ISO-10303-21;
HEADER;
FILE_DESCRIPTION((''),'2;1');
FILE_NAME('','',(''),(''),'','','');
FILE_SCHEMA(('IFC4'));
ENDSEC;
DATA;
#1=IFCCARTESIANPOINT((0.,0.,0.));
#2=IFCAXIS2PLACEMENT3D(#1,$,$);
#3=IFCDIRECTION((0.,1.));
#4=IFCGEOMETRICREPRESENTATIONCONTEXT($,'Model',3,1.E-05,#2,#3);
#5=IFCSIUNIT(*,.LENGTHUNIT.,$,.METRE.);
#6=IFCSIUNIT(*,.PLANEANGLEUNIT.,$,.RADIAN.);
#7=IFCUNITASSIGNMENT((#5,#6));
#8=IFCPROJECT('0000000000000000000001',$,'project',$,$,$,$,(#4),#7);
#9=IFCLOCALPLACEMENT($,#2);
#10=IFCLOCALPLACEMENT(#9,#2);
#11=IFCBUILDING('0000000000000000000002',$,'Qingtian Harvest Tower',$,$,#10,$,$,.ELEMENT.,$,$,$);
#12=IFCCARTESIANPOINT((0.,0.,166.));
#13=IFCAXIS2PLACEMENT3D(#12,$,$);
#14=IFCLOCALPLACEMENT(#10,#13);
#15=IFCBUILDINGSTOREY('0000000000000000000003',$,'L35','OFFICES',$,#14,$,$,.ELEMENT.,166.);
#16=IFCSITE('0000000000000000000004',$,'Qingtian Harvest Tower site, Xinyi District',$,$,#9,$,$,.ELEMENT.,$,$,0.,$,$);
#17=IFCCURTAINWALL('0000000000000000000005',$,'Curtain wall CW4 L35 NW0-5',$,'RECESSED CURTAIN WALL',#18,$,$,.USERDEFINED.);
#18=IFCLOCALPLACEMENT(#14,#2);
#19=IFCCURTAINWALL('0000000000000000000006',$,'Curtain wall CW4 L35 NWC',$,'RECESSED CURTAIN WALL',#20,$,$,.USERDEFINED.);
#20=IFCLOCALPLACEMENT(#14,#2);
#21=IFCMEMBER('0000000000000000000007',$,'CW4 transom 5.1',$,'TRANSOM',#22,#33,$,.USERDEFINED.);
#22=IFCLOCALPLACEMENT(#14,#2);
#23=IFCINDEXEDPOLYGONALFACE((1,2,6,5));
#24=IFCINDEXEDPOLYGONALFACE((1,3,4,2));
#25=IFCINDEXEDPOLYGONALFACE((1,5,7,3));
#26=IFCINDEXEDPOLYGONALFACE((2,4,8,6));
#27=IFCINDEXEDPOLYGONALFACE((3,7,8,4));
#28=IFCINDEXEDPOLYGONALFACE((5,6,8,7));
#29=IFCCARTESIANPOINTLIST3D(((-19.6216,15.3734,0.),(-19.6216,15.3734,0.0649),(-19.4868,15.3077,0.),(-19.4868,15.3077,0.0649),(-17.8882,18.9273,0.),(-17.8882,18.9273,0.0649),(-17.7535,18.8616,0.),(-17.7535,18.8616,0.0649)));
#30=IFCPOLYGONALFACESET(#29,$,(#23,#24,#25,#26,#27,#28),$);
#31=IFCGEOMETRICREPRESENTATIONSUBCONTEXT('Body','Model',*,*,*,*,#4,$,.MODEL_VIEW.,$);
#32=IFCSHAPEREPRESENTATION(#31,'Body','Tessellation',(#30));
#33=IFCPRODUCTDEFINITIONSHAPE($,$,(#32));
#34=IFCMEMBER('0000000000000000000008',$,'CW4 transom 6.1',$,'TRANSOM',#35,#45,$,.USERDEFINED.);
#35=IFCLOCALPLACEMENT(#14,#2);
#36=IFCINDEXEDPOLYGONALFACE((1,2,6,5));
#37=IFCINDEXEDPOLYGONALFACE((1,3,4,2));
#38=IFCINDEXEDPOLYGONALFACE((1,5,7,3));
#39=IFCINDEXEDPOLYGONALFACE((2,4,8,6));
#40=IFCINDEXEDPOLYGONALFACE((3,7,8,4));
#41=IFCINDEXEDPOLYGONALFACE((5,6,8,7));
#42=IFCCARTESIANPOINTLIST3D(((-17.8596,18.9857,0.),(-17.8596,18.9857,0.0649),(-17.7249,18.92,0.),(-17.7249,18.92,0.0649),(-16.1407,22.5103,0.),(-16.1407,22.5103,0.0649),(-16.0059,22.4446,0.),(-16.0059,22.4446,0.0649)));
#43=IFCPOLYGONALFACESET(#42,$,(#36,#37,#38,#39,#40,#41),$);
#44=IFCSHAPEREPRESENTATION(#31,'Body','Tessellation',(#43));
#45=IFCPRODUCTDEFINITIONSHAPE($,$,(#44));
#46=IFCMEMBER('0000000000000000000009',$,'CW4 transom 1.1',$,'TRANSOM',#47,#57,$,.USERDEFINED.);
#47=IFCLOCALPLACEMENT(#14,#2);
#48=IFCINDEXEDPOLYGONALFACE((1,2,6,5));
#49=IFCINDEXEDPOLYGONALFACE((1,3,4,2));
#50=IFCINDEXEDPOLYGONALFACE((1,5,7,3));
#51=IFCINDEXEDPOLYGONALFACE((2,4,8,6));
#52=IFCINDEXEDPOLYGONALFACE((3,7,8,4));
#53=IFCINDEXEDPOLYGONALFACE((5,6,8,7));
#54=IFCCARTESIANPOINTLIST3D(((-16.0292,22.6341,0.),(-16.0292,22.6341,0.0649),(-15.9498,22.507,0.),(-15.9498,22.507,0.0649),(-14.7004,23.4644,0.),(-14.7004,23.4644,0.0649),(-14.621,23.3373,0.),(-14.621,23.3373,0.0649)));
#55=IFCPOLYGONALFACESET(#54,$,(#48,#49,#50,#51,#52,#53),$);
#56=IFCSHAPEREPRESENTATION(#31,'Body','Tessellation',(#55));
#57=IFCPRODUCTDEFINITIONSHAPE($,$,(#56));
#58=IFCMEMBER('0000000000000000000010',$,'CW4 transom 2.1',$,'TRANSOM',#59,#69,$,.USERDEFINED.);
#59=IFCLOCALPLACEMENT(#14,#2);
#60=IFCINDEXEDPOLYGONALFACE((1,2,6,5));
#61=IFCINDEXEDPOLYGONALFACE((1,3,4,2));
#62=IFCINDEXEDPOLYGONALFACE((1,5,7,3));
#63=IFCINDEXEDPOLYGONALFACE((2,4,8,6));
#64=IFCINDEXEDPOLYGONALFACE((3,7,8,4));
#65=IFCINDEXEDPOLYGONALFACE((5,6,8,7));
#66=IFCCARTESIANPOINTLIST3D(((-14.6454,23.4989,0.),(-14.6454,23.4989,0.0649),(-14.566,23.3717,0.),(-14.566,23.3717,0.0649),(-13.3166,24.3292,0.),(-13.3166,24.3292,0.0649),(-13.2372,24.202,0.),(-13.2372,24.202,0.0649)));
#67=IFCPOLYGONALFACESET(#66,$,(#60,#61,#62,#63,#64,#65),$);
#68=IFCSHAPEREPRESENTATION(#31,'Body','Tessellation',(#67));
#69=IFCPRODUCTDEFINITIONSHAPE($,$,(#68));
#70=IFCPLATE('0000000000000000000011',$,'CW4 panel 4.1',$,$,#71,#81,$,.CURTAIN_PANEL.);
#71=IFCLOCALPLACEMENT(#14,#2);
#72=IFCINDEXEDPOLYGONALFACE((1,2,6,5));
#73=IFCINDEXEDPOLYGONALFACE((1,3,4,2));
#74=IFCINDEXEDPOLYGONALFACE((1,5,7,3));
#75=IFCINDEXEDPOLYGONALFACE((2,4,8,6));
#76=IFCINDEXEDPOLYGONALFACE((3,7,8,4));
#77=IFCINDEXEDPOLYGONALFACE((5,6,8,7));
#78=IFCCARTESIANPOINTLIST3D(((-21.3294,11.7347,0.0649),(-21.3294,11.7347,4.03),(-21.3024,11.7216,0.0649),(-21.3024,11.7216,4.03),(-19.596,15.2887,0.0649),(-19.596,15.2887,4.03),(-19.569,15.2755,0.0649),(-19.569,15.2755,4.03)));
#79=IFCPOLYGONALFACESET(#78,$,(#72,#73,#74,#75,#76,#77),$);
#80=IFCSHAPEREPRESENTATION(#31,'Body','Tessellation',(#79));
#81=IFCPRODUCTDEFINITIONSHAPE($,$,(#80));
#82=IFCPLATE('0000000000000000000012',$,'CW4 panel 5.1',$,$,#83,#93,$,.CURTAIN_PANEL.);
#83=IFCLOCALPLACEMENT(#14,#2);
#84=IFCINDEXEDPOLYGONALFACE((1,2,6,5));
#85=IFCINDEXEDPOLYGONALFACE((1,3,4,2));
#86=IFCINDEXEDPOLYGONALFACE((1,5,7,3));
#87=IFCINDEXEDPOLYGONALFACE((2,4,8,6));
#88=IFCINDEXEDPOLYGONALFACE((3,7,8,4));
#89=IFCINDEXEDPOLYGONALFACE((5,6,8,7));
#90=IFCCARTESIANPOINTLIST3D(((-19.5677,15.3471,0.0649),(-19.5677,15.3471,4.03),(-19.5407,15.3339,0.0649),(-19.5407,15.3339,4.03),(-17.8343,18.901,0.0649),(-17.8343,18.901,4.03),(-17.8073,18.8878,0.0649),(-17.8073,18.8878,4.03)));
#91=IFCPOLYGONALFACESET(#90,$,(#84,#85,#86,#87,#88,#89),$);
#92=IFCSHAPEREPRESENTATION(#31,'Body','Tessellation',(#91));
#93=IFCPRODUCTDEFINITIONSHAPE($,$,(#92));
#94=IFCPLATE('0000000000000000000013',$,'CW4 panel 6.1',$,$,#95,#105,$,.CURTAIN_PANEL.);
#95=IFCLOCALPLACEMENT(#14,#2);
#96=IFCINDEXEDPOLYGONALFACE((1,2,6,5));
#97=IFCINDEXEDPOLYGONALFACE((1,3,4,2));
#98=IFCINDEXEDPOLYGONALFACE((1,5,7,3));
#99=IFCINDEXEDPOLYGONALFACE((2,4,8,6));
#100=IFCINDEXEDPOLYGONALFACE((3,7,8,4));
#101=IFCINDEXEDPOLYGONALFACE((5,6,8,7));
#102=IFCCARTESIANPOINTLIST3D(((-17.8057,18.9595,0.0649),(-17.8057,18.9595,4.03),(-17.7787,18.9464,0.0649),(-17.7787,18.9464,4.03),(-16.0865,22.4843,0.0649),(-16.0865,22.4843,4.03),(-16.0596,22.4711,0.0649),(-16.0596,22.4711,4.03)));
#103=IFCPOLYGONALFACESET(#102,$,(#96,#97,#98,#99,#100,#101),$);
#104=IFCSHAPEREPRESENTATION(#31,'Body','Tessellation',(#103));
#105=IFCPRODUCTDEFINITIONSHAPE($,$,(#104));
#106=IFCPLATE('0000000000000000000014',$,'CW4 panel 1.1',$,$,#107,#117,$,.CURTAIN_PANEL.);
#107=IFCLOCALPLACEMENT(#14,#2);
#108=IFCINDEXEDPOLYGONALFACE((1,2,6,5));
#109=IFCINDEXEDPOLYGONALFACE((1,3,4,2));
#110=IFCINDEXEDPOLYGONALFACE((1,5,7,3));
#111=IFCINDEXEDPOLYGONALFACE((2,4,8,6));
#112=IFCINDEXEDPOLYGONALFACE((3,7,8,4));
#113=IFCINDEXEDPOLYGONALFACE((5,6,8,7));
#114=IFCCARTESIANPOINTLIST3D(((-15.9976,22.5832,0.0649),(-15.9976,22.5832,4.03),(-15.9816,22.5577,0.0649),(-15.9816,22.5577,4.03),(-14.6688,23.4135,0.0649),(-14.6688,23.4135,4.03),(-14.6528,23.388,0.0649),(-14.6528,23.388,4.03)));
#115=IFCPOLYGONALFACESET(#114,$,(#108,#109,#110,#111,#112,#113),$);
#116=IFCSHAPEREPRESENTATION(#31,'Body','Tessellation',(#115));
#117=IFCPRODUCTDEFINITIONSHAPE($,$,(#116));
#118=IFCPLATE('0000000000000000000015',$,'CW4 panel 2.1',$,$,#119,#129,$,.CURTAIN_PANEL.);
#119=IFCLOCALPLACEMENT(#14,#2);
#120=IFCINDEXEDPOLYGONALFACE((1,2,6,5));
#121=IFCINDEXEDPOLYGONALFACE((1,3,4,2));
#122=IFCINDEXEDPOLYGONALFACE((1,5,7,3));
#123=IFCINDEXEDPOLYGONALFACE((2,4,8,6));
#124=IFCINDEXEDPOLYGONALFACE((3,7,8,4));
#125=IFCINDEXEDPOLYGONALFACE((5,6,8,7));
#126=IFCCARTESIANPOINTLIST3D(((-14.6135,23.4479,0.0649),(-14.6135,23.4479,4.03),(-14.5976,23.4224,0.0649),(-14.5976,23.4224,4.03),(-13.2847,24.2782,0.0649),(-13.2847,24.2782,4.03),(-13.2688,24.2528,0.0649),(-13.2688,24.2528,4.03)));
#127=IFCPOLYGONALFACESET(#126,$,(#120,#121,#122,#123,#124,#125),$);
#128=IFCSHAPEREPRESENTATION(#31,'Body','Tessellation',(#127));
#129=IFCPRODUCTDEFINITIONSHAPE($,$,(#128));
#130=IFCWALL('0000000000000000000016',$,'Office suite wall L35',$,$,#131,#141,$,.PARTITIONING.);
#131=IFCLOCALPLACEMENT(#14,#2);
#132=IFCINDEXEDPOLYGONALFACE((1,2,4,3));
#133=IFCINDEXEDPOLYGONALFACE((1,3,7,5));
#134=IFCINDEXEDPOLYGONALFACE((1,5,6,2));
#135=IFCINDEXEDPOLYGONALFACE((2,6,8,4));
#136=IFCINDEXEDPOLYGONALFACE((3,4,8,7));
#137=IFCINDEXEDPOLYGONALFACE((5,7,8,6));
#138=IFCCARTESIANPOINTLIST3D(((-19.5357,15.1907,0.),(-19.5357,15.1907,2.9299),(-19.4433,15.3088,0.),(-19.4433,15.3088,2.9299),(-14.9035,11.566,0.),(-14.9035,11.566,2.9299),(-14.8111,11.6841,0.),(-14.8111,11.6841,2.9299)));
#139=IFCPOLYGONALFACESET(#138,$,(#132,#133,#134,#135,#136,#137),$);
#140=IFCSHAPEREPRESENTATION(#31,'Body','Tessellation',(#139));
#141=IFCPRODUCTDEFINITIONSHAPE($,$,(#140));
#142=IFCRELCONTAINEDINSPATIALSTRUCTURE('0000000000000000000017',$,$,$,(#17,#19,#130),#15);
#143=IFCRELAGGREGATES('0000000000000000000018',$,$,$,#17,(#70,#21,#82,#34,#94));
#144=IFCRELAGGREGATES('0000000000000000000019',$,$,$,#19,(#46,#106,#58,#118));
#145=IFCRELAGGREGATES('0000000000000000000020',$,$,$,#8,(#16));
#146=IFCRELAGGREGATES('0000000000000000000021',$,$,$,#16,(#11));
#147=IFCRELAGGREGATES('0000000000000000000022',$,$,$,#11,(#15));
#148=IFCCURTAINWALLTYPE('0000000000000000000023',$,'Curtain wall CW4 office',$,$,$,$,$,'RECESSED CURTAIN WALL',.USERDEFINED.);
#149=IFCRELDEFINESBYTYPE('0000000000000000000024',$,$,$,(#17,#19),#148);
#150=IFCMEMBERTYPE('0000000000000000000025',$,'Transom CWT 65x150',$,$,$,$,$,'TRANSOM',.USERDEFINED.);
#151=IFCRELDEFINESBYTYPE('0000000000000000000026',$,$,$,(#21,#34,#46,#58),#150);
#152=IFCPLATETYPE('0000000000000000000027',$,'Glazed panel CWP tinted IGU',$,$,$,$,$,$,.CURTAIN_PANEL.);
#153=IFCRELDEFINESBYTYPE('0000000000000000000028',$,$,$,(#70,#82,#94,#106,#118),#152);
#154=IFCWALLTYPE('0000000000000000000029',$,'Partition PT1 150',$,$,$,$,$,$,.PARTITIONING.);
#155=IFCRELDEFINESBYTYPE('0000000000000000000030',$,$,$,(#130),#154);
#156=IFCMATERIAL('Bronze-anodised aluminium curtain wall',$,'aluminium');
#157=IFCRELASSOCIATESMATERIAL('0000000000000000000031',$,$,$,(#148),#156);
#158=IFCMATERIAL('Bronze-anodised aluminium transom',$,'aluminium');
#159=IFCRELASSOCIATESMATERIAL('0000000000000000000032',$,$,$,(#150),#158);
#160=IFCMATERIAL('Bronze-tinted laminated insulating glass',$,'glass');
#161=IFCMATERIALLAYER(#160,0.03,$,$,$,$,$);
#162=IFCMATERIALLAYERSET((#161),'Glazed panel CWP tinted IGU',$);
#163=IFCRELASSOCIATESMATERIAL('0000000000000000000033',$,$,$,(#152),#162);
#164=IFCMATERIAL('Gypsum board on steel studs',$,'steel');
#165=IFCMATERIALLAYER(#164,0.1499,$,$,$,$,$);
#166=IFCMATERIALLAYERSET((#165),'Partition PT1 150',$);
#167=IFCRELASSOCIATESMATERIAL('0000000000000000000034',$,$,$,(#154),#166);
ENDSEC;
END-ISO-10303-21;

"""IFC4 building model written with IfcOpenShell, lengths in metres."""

from ifc_helpers import new_model, si_unit, direction, frame, frame_2d, origin, origin_2d, place, context, subcontext, project, spatial, rectangle, extrude, material, layer, layer_set, material_profile, profile_set, type_object, element, aggregate, save


model = new_model("IFC4")

# Units and contexts
model_context = context("Model", 3, precision=1e-05, world=origin(), true_north=direction((0.0, 1.0)))
body_context = subcontext(model_context, "Body", "Model", "MODEL_VIEW")
ifc_project = project(units=[si_unit("LENGTHUNIT", "METRE"), si_unit("PLANEANGLEUNIT", "RADIAN")], contexts=[model_context])

# Site, building, storey
site_placement = place(None, origin())
site = spatial("IfcSite", under=ifc_project, at=site_placement, Name="Qingtian Harvest Tower site, Xinyi District", CompositionType="ELEMENT", RefElevation=0.0)
building_placement = place(site_placement, origin())
building = spatial("IfcBuilding", under=site, at=building_placement, Name="Qingtian Harvest Tower", CompositionType="ELEMENT")
storey_placement = place(building_placement, frame((0.0, 0.0, 166.0)))
storey = spatial("IfcBuildingStorey", under=building, at=storey_placement, Name="L35", Description="OFFICES", CompositionType="ELEMENT", Elevation=166.0)

# Curtain walls
ifc_material_1 = material(Name="Bronze-anodised aluminium curtain wall", Category="aluminium")
curtain_wall_type = type_object("IfcCurtainWallType", Name="Curtain wall CW4 office", ElementType="RECESSED CURTAIN WALL", PredefinedType="USERDEFINED", material=ifc_material_1)
curtain_wall_1_placement = place(storey_placement, origin())
curtain_wall_1 = element("IfcCurtainWall", 1, at=curtain_wall_1_placement, inside=storey, type_object=curtain_wall_type, Name="Curtain wall CW4 L35 NW0-5", ObjectType="RECESSED CURTAIN WALL", PredefinedType="USERDEFINED")
curtain_wall_2_placement = place(storey_placement, origin())
curtain_wall_2 = element("IfcCurtainWall", 2, at=curtain_wall_2_placement, inside=storey, type_object=curtain_wall_type, Name="Curtain wall CW4 L35 NWC", ObjectType="RECESSED CURTAIN WALL", PredefinedType="USERDEFINED")

# Members
ifc_material_2 = material(Name="Bronze-anodised aluminium transom", Category="aluminium")
ifc_material_profile_1 = material_profile(ifc_material_2, rectangle(XDim=0.1499, YDim=0.0649, at=origin_2d()), Name="AL 65x150")
ifc_profile_set_1 = profile_set([ifc_material_profile_1], Name="Bronze-anodised aluminium transom")
member_type_1 = type_object("IfcMemberType", Name="Transom CWT 65x150", ElementType="TRANSOM", PredefinedType="USERDEFINED", material=ifc_profile_set_1)
member_1_placement = place(storey_placement, frame((-19.5542, 15.3406, 0.0325), z_axis=(0.438375, 0.898792, 0.0), x_axis=(-0.898792, 0.438375, 0.0)))
member_1 = element("IfcMember", 3, at=member_1_placement, type_object=member_type_1, Name="CW4 transom 5.1", ObjectType="TRANSOM", PredefinedType="USERDEFINED", context=body_context, shape_type="SweptSolid", body=[
    extrude(rectangle(XDim=0.1499, YDim=0.0649, at=origin_2d()), origin(), (0.0, 0.0, 1.0), 3.9541),
])
member_2_placement = place(storey_placement, frame((-17.7922, 18.9529, 0.0325), z_axis=(0.438351, 0.898804, 0.0), x_axis=(-0.898804, 0.438351, 0.0)))
member_2 = element("IfcMember", 4, at=member_2_placement, type_object=member_type_1, Name="CW4 transom 6.1", ObjectType="TRANSOM", PredefinedType="USERDEFINED", context=body_context, shape_type="SweptSolid", body=[
    extrude(rectangle(XDim=0.1499, YDim=0.0649, at=origin_2d()), origin(), (0.0, 0.0, 1.0), 3.9214),
])
member_3_placement = place(storey_placement, frame((-15.9895, 22.5706, 0.0325), z_axis=(0.84806, 0.529901, 0.0), x_axis=(-0.529901, 0.84806, 0.0)))
member_3 = element("IfcMember", 5, at=member_3_placement, type_object=member_type_1, Name="CW4 transom 1.1", ObjectType="TRANSOM", PredefinedType="USERDEFINED", context=body_context, shape_type="SweptSolid", body=[
    extrude(rectangle(XDim=0.1499, YDim=0.0649, at=origin_2d()), origin(), (0.0, 0.0, 1.0), 1.5669),
])
member_4_placement = place(storey_placement, frame((-14.6057, 23.4353, 0.0325), z_axis=(0.84806, 0.529901, 0.0), x_axis=(-0.529901, 0.84806, 0.0)))
member_4 = element("IfcMember", 6, at=member_4_placement, type_object=member_type_1, Name="CW4 transom 2.1", ObjectType="TRANSOM", PredefinedType="USERDEFINED", context=body_context, shape_type="SweptSolid", body=[
    extrude(rectangle(XDim=0.1499, YDim=0.0649, at=origin_2d()), origin(), (0.0, 0.0, 1.0), 1.5669),
])

# Plates
ifc_material_3 = material(Name="Bronze-tinted laminated insulating glass", Category="glass")
ifc_layer_1 = layer(ifc_material_3, 0.03)
ifc_layer_set_1 = layer_set([ifc_layer_1], Name="Glazed panel CWP tinted IGU")
plate_type = type_object("IfcPlateType", Name="Glazed panel CWP tinted IGU", PredefinedType="CURTAIN_PANEL", material=ifc_layer_set_1)
plate_1_placement = place(storey_placement, frame((-20.4492, 13.5051, 0.0649), z_axis=(0.0, 0.0, 1.0), x_axis=(0.438371, 0.898794, 0.0)))
plate_1 = element("IfcPlate", 7, at=plate_1_placement, type_object=plate_type, Name="CW4 panel 4.1", PredefinedType="CURTAIN_PANEL", context=body_context, shape_type="SweptSolid", body=[
    extrude(rectangle(XDim=3.9541, YDim=0.03, at=origin_2d()), origin(), (0.0, 0.0, 1.0), 3.9651),
])
plate_2_placement = place(storey_placement, frame((-18.6875, 17.1174, 0.0649), z_axis=(0.0, 0.0, 1.0), x_axis=(0.438371, 0.898794, 0.0)))
plate_2 = element("IfcPlate", 8, at=plate_2_placement, type_object=plate_type, Name="CW4 panel 5.1", PredefinedType="CURTAIN_PANEL", context=body_context, shape_type="SweptSolid", body=[
    extrude(rectangle(XDim=3.9541, YDim=0.03, at=origin_2d()), origin(), (0.0, 0.0, 1.0), 3.9651),
])
plate_3_placement = place(storey_placement, frame((-16.9326, 20.7153, 0.0649), z_axis=(0.0, 0.0, 1.0), x_axis=(0.438371, 0.898794, 0.0)))
plate_3 = element("IfcPlate", 9, at=plate_3_placement, type_object=plate_type, Name="CW4 panel 6.1", PredefinedType="CURTAIN_PANEL", context=body_context, shape_type="SweptSolid", body=[
    extrude(rectangle(XDim=3.9216, YDim=0.03, at=origin_2d()), origin(), (0.0, 0.0, 1.0), 3.9651),
])
aggregate(curtain_wall_1, [plate_1, member_1, plate_2, member_2, plate_3])
plate_4_placement = place(storey_placement, frame((-15.3252, 22.9856, 0.0649), z_axis=(0.0, 0.0, 1.0), x_axis=(0.848048, 0.529919, 0.0)))
plate_4 = element("IfcPlate", 10, at=plate_4_placement, type_object=plate_type, Name="CW4 panel 1.1", PredefinedType="CURTAIN_PANEL", context=body_context, shape_type="SweptSolid", body=[
    extrude(rectangle(XDim=1.5669, YDim=0.03, at=origin_2d()), origin(), (0.0, 0.0, 1.0), 3.9651),
])
plate_5_placement = place(storey_placement, frame((-13.9412, 23.8503, 0.0649), z_axis=(0.0, 0.0, 1.0), x_axis=(0.848048, 0.529919, 0.0)))
plate_5 = element("IfcPlate", 11, at=plate_5_placement, type_object=plate_type, Name="CW4 panel 2.1", PredefinedType="CURTAIN_PANEL", context=body_context, shape_type="SweptSolid", body=[
    extrude(rectangle(XDim=1.5669, YDim=0.03, at=origin_2d()), origin(), (0.0, 0.0, 1.0), 3.9651),
])
aggregate(curtain_wall_2, [member_3, plate_4, member_4, plate_5])

# Wall
ifc_material_4 = material(Name="Gypsum board on steel studs", Category="steel")
ifc_layer_2 = layer(ifc_material_4, 0.1499)
ifc_layer_set_2 = layer_set([ifc_layer_2], Name="Partition PT1 150")
wall_type = type_object("IfcWallType", Name="Partition PT1 150", PredefinedType="PARTITIONING", material=ifc_layer_set_2)
wall_placement = place(storey_placement, frame((-19.4895, 15.2498, 0.0), z_axis=(0.0, 0.0, 1.0), x_axis=(0.78755, -0.616251, 0.0)))
element("IfcWall", 12, at=wall_placement, inside=storey, type_object=wall_type, Name="Office suite wall L35", PredefinedType="PARTITIONING", context=body_context, shape_type="SweptSolid", body=[
    extrude(rectangle(XDim=5.8818, YDim=0.1499, at=frame_2d((2.9409, 0.0))), origin(), (0.0, 0.0, 1.0), 2.9299),
])

save(model, "model.ifc")
